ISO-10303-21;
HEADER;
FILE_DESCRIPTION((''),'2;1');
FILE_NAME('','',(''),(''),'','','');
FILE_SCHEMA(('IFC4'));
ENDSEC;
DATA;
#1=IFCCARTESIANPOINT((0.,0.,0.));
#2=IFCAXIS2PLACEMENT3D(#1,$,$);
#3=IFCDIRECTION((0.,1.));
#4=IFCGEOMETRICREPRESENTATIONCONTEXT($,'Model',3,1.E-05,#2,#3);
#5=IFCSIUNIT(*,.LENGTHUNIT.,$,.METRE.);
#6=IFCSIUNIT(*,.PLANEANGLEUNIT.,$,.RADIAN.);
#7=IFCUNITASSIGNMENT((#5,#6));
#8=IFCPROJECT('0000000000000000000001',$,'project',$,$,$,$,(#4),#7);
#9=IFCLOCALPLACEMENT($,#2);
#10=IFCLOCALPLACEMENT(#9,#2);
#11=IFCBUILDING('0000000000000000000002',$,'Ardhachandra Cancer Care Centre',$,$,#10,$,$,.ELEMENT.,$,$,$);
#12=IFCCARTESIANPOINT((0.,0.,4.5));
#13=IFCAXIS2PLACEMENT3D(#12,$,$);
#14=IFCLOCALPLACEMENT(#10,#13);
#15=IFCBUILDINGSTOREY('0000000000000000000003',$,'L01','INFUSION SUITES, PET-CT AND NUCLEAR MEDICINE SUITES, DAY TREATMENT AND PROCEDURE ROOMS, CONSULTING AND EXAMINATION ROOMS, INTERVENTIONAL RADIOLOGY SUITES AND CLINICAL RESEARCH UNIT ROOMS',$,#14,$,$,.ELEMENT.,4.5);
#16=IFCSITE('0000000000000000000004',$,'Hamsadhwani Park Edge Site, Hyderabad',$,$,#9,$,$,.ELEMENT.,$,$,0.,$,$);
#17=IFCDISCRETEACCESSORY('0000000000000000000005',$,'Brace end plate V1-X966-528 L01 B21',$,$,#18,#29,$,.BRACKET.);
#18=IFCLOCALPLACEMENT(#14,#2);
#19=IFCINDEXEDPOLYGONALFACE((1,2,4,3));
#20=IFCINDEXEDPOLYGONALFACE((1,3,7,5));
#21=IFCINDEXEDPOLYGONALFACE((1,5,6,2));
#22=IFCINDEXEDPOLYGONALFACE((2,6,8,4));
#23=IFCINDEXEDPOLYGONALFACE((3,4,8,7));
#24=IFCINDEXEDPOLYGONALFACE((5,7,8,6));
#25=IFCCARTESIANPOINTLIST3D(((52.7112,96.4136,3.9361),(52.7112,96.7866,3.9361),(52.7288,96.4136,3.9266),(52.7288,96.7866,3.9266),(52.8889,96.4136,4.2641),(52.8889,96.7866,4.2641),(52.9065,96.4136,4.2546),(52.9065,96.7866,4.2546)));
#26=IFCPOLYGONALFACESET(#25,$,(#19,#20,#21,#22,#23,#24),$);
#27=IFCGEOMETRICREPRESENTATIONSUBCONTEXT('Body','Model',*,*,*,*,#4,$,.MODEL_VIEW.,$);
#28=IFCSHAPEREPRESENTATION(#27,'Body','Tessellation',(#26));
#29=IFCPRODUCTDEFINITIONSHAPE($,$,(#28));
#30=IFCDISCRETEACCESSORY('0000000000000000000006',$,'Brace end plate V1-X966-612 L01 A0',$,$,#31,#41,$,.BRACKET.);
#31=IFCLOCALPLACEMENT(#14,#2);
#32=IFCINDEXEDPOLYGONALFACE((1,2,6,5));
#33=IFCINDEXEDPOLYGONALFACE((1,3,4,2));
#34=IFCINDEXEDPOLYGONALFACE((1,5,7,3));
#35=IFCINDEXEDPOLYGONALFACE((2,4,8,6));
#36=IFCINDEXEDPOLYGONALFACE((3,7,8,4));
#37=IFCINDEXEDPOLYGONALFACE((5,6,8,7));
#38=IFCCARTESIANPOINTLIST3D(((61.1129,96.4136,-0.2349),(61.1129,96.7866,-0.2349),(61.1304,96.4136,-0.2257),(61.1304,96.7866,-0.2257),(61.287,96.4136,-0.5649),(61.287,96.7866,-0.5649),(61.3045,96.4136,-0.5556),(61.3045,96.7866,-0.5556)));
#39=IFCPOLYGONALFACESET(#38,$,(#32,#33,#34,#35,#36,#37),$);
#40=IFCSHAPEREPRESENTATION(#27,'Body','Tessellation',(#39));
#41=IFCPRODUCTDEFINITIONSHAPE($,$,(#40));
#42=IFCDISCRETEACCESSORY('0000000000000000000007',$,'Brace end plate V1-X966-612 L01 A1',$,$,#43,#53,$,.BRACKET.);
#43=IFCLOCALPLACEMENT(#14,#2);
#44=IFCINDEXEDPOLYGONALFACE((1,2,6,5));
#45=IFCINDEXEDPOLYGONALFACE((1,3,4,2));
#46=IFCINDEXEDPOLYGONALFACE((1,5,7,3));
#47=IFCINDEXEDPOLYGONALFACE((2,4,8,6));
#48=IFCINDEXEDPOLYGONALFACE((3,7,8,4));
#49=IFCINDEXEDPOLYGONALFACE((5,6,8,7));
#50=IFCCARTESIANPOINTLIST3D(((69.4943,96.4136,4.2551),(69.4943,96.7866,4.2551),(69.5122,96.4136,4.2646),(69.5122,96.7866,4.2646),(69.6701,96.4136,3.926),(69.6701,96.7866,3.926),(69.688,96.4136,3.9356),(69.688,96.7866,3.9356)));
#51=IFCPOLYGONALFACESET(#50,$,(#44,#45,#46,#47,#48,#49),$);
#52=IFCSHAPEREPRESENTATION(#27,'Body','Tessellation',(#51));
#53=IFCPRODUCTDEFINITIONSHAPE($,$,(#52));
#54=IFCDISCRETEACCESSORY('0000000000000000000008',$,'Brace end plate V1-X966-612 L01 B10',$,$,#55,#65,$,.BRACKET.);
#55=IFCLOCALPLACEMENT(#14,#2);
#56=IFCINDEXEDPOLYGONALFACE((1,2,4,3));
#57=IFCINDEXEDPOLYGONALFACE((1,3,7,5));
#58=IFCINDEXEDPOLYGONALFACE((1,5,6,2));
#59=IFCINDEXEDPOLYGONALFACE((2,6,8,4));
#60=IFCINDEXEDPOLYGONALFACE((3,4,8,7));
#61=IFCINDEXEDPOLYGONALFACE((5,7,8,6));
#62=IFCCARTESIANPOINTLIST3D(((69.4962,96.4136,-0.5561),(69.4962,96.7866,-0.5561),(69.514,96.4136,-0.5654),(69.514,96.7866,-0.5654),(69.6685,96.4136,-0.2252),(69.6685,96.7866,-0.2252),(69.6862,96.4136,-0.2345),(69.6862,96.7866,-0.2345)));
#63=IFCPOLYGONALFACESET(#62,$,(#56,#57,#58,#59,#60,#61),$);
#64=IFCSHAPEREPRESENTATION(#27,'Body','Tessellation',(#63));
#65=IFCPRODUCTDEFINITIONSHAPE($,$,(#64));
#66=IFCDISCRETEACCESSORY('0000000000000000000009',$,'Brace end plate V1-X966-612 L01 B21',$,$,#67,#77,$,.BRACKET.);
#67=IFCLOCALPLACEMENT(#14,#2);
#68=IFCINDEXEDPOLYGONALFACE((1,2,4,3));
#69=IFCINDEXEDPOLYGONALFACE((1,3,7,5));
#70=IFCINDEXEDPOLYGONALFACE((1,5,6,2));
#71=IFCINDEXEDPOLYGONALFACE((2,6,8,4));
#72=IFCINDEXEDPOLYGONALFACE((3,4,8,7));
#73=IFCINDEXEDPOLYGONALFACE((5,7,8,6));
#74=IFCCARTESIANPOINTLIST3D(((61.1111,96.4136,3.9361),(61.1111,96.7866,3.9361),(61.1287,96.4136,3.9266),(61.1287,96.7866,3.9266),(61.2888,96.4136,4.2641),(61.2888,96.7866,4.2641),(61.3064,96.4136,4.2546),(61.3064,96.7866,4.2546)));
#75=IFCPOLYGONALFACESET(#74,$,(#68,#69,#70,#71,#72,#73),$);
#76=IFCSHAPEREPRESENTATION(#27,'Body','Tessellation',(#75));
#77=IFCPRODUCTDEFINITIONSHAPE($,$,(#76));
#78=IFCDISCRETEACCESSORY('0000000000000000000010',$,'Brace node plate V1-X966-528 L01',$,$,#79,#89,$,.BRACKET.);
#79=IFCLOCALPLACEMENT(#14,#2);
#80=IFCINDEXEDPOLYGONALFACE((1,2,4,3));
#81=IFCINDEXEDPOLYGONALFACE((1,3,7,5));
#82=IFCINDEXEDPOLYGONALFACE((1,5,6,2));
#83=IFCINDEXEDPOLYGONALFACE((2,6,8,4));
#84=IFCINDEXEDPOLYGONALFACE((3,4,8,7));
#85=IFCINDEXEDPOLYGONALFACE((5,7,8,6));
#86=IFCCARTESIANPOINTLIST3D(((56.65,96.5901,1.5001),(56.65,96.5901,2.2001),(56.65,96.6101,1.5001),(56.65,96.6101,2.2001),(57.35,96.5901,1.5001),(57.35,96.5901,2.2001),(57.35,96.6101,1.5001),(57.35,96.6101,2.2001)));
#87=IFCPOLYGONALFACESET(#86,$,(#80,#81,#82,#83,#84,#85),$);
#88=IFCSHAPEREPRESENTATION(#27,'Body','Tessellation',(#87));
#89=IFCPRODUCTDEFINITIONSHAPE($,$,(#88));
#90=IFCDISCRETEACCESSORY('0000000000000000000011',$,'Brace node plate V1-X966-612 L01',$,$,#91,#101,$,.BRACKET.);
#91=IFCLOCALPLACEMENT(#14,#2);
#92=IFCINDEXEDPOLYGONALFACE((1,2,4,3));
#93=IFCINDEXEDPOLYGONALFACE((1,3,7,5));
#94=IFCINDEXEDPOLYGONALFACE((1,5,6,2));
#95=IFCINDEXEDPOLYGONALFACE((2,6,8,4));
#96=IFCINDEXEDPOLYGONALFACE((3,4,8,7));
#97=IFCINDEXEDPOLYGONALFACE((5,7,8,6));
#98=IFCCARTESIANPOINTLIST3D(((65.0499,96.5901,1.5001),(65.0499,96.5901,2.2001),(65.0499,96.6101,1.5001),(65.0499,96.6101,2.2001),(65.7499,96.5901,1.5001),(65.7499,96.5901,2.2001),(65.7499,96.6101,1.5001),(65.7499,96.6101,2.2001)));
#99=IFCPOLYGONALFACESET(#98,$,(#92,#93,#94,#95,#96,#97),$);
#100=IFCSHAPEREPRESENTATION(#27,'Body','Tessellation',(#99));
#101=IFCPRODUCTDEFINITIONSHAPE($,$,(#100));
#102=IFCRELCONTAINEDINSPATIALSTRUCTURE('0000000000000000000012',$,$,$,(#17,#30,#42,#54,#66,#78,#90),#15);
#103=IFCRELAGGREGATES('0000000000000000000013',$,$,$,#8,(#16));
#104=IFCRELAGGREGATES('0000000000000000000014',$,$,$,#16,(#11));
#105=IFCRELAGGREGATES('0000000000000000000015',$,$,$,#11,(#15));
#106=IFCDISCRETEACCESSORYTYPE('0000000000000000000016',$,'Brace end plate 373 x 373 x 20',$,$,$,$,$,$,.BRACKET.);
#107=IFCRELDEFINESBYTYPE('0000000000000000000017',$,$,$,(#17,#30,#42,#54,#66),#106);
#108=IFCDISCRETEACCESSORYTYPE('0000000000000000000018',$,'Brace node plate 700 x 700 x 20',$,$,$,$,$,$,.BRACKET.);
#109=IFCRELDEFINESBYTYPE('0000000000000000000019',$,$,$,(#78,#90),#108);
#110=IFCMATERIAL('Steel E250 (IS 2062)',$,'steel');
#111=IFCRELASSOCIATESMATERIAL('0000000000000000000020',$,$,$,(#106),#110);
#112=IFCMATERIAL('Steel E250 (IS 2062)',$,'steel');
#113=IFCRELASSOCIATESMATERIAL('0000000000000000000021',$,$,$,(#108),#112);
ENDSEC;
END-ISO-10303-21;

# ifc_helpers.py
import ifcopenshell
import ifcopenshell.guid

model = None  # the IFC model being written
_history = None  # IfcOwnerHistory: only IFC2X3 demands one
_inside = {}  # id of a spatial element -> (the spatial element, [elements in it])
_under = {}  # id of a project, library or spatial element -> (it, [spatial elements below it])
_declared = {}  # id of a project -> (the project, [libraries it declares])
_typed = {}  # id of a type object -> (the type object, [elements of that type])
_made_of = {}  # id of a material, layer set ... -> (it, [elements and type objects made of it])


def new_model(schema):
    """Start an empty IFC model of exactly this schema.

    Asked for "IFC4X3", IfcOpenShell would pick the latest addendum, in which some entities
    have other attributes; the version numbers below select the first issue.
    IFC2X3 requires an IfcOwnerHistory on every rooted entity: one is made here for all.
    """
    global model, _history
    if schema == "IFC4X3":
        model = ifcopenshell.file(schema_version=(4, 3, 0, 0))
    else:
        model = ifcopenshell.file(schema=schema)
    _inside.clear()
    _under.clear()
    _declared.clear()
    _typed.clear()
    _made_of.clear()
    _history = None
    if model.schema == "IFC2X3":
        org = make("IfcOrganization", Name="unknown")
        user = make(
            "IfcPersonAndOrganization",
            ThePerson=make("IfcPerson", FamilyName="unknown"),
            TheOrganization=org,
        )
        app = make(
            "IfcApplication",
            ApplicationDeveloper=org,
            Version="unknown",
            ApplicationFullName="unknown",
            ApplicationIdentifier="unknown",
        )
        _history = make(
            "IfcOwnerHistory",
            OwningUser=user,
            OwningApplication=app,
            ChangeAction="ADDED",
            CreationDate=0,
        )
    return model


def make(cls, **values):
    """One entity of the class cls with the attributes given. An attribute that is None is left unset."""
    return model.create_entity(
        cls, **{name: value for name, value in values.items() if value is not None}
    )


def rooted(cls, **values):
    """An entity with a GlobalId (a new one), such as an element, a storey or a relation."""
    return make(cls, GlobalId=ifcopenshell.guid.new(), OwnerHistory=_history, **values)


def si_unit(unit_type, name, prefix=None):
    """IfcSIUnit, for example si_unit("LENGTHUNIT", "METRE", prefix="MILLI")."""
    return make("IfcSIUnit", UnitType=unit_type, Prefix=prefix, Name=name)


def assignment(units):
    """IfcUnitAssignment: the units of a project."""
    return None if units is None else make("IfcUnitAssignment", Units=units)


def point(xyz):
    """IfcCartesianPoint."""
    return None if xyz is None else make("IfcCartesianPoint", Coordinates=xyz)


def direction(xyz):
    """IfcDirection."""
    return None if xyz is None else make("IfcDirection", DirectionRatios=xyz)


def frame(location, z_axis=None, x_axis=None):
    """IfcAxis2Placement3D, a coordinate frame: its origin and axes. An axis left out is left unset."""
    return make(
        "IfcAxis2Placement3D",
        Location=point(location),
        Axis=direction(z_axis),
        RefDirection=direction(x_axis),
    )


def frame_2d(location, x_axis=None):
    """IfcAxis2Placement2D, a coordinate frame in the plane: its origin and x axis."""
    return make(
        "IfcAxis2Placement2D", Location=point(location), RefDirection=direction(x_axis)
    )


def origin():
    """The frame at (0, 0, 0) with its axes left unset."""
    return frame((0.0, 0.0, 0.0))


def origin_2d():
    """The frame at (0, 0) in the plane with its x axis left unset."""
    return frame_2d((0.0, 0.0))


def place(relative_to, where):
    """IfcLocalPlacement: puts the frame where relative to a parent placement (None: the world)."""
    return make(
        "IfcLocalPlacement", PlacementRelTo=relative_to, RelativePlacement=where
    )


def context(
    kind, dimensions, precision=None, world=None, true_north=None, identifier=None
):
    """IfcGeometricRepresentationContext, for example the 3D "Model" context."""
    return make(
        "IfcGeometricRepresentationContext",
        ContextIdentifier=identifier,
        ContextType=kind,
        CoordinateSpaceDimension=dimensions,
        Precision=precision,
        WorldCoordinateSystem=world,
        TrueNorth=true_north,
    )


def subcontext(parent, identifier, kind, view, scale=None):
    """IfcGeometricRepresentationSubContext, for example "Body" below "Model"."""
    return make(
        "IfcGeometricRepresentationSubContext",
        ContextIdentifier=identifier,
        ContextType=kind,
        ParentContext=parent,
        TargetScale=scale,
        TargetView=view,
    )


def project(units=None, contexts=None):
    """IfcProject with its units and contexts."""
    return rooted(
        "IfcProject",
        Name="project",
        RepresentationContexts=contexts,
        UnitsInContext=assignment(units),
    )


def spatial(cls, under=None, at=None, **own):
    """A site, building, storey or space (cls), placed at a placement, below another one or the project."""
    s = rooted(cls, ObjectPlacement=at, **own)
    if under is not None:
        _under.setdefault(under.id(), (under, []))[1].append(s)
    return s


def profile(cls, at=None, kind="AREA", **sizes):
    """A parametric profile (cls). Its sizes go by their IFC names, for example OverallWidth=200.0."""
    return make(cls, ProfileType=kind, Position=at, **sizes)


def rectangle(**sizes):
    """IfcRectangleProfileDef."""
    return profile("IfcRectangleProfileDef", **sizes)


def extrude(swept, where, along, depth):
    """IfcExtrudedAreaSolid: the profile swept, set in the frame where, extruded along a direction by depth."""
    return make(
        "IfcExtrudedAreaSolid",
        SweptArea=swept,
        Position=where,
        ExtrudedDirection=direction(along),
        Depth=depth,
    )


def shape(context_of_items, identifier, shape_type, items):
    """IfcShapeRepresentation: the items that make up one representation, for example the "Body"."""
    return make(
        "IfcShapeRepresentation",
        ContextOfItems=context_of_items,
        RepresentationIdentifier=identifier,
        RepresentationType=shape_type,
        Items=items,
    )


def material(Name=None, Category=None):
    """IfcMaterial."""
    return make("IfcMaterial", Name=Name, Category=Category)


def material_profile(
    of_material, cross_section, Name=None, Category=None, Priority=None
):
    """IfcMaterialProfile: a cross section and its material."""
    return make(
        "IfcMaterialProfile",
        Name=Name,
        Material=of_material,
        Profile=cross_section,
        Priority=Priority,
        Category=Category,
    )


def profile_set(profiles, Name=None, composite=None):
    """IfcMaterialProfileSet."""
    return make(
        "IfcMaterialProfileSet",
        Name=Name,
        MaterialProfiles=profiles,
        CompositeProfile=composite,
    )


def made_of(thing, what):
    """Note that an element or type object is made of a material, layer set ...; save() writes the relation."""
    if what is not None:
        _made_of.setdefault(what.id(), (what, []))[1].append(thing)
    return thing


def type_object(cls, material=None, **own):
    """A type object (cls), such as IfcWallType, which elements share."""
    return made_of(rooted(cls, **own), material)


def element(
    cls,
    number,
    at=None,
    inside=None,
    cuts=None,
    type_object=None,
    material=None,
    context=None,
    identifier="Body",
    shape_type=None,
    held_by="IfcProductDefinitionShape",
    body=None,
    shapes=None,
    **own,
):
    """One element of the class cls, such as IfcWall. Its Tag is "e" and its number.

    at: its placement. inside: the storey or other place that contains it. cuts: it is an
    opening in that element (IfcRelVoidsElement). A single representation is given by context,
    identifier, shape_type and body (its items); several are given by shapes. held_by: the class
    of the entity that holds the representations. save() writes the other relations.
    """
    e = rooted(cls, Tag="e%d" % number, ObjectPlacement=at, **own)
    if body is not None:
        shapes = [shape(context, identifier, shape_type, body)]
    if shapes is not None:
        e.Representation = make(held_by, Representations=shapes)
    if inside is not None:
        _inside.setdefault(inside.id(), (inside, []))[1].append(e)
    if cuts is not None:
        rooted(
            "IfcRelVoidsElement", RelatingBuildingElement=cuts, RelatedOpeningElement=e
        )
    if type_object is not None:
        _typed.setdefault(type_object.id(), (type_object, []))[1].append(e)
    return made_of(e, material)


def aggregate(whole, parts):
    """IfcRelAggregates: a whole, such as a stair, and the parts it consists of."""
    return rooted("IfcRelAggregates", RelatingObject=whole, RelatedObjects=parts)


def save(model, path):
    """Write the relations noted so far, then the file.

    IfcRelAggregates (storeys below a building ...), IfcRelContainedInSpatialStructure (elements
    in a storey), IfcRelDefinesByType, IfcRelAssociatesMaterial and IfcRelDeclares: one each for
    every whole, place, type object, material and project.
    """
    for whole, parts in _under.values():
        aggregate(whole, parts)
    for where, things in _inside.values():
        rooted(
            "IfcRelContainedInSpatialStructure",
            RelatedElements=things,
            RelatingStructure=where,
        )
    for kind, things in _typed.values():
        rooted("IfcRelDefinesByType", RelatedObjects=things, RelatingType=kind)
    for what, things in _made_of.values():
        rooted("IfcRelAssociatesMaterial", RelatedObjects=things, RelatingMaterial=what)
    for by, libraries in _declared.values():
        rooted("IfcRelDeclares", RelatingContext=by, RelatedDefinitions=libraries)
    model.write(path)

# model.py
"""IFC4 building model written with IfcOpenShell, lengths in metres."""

from ifc_helpers import new_model, si_unit, direction, frame, origin, origin_2d, place, context, subcontext, project, spatial, rectangle, extrude, material, material_profile, profile_set, type_object, element, save


model = new_model("IFC4")

# Units and contexts
model_context = context("Model", 3, precision=1e-05, world=origin(), true_north=direction((0.0, 1.0)))
body_context = subcontext(model_context, "Body", "Model", "MODEL_VIEW")
ifc_project = project(units=[si_unit("LENGTHUNIT", "METRE"), si_unit("PLANEANGLEUNIT", "RADIAN")], contexts=[model_context])

# Site, building, storey
site_placement = place(None, origin())
site = spatial("IfcSite", under=ifc_project, at=site_placement, Name="Hamsadhwani Park Edge Site, Hyderabad", CompositionType="ELEMENT", RefElevation=0.0)
building_placement = place(site_placement, origin())
building = spatial("IfcBuilding", under=site, at=building_placement, Name="Ardhachandra Cancer Care Centre", CompositionType="ELEMENT")
storey_placement = place(building_placement, frame((0.0, 0.0, 4.5)))
storey = spatial("IfcBuildingStorey", under=building, at=storey_placement, Name="L01", Description="INFUSION SUITES, PET-CT AND NUCLEAR MEDICINE SUITES, DAY TREATMENT AND PROCEDURE ROOMS, CONSULTING AND EXAMINATION ROOMS, INTERVENTIONAL RADIOLOGY SUITES AND CLINICAL RESEARCH UNIT ROOMS", CompositionType="ELEMENT", Elevation=4.5)

# Discrete accessories
ifc_material_1 = material(Name="Steel E250 (IS 2062)", Category="steel")
ifc_material_profile_1 = material_profile(ifc_material_1, rectangle(XDim=0.373, YDim=0.373, at=origin_2d()), Name="PL 373x373x20")
ifc_profile_set_1 = profile_set([ifc_material_profile_1], Name="Steel E250 (IS 2062)")
discrete_accessory_type_1 = type_object("IfcDiscreteAccessoryType", Name="Brace end plate 373 x 373 x 20", PredefinedType="BRACKET", material=ifc_profile_set_1)
discrete_accessory_1_placement = place(storey_placement, frame((52.8, 96.6001, 4.1001), z_axis=(0.879292, 0.0, -0.476283), x_axis=(0.0, 1.0, 0.0)))
element("IfcDiscreteAccessory", 1, at=discrete_accessory_1_placement, inside=storey, type_object=discrete_accessory_type_1, Name="Brace end plate V1-X966-528 L01 B21", PredefinedType="BRACKET", context=body_context, shape_type="SweptSolid", body=[
    extrude(rectangle(XDim=0.373, YDim=0.373, at=origin_2d()), origin(), (0.0, 0.0, 1.0), 0.02),
])
discrete_accessory_2_placement = place(storey_placement, frame((61.2, 96.6001, -0.3999), z_axis=(0.884385, 0.0, 0.466759), x_axis=(0.0, 1.0, 0.0)))
element("IfcDiscreteAccessory", 2, at=discrete_accessory_2_placement, inside=storey, type_object=discrete_accessory_type_1, Name="Brace end plate V1-X966-612 L01 A0", PredefinedType="BRACKET", context=body_context, shape_type="SweptSolid", body=[
    extrude(rectangle(XDim=0.373, YDim=0.373, at=origin_2d()), origin(), (0.0, 0.0, 1.0), 0.0198),
])
discrete_accessory_3_placement = place(storey_placement, frame((69.6001, 96.6001, 4.1001), z_axis=(-0.882018, 0.0, -0.471215), x_axis=(0.0, -1.0, 0.0)))
element("IfcDiscreteAccessory", 3, at=discrete_accessory_3_placement, inside=storey, type_object=discrete_accessory_type_1, Name="Brace end plate V1-X966-612 L01 A1", PredefinedType="BRACKET", context=body_context, shape_type="SweptSolid", body=[
    extrude(rectangle(XDim=0.373, YDim=0.373, at=origin_2d()), origin(), (0.0, 0.0, 1.0), 0.0203),
])
for number, where, z_axis, x_axis, name in (
    (4, (69.6001, 96.6001, -0.3999), (-0.887018, 0.0, 0.461735), (0.0, -1.0, 0.0), "Brace end plate V1-X966-612 L01 B10"),
    (5, (61.2, 96.6001, 4.1001), (0.879292, 0.0, -0.476283), (0.0, 1.0, 0.0), "Brace end plate V1-X966-612 L01 B21"),
):
    element("IfcDiscreteAccessory", number, at=place(storey_placement, frame(where, z_axis=z_axis, x_axis=x_axis)), inside=storey, type_object=discrete_accessory_type_1, Name=name, PredefinedType="BRACKET", context=body_context, shape_type="SweptSolid", body=[
        extrude(rectangle(XDim=0.373, YDim=0.373, at=origin_2d()), origin(), (0.0, 0.0, 1.0), 0.02),
    ])
ifc_material_2 = material(Name="Steel E250 (IS 2062)", Category="steel")
ifc_material_profile_2 = material_profile(ifc_material_2, rectangle(XDim=0.7, YDim=0.7, at=origin_2d()), Name="PL 700x700x20")
ifc_profile_set_2 = profile_set([ifc_material_profile_2], Name="Steel E250 (IS 2062)")
discrete_accessory_type_2 = type_object("IfcDiscreteAccessoryType", Name="Brace node plate 700 x 700 x 20", PredefinedType="BRACKET", material=ifc_profile_set_2)
for number, where, z_axis, x_axis, name in (
    (6, (57.0, 96.5901, 1.8501), (0.0, 1.0, 0.0), (-1.0, 0.0, 0.0), "Brace node plate V1-X966-528 L01"),
    (7, (65.3999, 96.5901, 1.8501), (0.0, 1.0, 0.0), (-1.0, 0.0, 0.0), "Brace node plate V1-X966-612 L01"),
):
    element("IfcDiscreteAccessory", number, at=place(storey_placement, frame(where, z_axis=z_axis, x_axis=x_axis)), inside=storey, type_object=discrete_accessory_type_2, Name=name, PredefinedType="BRACKET", context=body_context, shape_type="SweptSolid", body=[
        extrude(rectangle(XDim=0.7, YDim=0.7, at=origin_2d()), origin(), (0.0, 0.0, 1.0), 0.02),
    ])

save(model, "model.ifc")
